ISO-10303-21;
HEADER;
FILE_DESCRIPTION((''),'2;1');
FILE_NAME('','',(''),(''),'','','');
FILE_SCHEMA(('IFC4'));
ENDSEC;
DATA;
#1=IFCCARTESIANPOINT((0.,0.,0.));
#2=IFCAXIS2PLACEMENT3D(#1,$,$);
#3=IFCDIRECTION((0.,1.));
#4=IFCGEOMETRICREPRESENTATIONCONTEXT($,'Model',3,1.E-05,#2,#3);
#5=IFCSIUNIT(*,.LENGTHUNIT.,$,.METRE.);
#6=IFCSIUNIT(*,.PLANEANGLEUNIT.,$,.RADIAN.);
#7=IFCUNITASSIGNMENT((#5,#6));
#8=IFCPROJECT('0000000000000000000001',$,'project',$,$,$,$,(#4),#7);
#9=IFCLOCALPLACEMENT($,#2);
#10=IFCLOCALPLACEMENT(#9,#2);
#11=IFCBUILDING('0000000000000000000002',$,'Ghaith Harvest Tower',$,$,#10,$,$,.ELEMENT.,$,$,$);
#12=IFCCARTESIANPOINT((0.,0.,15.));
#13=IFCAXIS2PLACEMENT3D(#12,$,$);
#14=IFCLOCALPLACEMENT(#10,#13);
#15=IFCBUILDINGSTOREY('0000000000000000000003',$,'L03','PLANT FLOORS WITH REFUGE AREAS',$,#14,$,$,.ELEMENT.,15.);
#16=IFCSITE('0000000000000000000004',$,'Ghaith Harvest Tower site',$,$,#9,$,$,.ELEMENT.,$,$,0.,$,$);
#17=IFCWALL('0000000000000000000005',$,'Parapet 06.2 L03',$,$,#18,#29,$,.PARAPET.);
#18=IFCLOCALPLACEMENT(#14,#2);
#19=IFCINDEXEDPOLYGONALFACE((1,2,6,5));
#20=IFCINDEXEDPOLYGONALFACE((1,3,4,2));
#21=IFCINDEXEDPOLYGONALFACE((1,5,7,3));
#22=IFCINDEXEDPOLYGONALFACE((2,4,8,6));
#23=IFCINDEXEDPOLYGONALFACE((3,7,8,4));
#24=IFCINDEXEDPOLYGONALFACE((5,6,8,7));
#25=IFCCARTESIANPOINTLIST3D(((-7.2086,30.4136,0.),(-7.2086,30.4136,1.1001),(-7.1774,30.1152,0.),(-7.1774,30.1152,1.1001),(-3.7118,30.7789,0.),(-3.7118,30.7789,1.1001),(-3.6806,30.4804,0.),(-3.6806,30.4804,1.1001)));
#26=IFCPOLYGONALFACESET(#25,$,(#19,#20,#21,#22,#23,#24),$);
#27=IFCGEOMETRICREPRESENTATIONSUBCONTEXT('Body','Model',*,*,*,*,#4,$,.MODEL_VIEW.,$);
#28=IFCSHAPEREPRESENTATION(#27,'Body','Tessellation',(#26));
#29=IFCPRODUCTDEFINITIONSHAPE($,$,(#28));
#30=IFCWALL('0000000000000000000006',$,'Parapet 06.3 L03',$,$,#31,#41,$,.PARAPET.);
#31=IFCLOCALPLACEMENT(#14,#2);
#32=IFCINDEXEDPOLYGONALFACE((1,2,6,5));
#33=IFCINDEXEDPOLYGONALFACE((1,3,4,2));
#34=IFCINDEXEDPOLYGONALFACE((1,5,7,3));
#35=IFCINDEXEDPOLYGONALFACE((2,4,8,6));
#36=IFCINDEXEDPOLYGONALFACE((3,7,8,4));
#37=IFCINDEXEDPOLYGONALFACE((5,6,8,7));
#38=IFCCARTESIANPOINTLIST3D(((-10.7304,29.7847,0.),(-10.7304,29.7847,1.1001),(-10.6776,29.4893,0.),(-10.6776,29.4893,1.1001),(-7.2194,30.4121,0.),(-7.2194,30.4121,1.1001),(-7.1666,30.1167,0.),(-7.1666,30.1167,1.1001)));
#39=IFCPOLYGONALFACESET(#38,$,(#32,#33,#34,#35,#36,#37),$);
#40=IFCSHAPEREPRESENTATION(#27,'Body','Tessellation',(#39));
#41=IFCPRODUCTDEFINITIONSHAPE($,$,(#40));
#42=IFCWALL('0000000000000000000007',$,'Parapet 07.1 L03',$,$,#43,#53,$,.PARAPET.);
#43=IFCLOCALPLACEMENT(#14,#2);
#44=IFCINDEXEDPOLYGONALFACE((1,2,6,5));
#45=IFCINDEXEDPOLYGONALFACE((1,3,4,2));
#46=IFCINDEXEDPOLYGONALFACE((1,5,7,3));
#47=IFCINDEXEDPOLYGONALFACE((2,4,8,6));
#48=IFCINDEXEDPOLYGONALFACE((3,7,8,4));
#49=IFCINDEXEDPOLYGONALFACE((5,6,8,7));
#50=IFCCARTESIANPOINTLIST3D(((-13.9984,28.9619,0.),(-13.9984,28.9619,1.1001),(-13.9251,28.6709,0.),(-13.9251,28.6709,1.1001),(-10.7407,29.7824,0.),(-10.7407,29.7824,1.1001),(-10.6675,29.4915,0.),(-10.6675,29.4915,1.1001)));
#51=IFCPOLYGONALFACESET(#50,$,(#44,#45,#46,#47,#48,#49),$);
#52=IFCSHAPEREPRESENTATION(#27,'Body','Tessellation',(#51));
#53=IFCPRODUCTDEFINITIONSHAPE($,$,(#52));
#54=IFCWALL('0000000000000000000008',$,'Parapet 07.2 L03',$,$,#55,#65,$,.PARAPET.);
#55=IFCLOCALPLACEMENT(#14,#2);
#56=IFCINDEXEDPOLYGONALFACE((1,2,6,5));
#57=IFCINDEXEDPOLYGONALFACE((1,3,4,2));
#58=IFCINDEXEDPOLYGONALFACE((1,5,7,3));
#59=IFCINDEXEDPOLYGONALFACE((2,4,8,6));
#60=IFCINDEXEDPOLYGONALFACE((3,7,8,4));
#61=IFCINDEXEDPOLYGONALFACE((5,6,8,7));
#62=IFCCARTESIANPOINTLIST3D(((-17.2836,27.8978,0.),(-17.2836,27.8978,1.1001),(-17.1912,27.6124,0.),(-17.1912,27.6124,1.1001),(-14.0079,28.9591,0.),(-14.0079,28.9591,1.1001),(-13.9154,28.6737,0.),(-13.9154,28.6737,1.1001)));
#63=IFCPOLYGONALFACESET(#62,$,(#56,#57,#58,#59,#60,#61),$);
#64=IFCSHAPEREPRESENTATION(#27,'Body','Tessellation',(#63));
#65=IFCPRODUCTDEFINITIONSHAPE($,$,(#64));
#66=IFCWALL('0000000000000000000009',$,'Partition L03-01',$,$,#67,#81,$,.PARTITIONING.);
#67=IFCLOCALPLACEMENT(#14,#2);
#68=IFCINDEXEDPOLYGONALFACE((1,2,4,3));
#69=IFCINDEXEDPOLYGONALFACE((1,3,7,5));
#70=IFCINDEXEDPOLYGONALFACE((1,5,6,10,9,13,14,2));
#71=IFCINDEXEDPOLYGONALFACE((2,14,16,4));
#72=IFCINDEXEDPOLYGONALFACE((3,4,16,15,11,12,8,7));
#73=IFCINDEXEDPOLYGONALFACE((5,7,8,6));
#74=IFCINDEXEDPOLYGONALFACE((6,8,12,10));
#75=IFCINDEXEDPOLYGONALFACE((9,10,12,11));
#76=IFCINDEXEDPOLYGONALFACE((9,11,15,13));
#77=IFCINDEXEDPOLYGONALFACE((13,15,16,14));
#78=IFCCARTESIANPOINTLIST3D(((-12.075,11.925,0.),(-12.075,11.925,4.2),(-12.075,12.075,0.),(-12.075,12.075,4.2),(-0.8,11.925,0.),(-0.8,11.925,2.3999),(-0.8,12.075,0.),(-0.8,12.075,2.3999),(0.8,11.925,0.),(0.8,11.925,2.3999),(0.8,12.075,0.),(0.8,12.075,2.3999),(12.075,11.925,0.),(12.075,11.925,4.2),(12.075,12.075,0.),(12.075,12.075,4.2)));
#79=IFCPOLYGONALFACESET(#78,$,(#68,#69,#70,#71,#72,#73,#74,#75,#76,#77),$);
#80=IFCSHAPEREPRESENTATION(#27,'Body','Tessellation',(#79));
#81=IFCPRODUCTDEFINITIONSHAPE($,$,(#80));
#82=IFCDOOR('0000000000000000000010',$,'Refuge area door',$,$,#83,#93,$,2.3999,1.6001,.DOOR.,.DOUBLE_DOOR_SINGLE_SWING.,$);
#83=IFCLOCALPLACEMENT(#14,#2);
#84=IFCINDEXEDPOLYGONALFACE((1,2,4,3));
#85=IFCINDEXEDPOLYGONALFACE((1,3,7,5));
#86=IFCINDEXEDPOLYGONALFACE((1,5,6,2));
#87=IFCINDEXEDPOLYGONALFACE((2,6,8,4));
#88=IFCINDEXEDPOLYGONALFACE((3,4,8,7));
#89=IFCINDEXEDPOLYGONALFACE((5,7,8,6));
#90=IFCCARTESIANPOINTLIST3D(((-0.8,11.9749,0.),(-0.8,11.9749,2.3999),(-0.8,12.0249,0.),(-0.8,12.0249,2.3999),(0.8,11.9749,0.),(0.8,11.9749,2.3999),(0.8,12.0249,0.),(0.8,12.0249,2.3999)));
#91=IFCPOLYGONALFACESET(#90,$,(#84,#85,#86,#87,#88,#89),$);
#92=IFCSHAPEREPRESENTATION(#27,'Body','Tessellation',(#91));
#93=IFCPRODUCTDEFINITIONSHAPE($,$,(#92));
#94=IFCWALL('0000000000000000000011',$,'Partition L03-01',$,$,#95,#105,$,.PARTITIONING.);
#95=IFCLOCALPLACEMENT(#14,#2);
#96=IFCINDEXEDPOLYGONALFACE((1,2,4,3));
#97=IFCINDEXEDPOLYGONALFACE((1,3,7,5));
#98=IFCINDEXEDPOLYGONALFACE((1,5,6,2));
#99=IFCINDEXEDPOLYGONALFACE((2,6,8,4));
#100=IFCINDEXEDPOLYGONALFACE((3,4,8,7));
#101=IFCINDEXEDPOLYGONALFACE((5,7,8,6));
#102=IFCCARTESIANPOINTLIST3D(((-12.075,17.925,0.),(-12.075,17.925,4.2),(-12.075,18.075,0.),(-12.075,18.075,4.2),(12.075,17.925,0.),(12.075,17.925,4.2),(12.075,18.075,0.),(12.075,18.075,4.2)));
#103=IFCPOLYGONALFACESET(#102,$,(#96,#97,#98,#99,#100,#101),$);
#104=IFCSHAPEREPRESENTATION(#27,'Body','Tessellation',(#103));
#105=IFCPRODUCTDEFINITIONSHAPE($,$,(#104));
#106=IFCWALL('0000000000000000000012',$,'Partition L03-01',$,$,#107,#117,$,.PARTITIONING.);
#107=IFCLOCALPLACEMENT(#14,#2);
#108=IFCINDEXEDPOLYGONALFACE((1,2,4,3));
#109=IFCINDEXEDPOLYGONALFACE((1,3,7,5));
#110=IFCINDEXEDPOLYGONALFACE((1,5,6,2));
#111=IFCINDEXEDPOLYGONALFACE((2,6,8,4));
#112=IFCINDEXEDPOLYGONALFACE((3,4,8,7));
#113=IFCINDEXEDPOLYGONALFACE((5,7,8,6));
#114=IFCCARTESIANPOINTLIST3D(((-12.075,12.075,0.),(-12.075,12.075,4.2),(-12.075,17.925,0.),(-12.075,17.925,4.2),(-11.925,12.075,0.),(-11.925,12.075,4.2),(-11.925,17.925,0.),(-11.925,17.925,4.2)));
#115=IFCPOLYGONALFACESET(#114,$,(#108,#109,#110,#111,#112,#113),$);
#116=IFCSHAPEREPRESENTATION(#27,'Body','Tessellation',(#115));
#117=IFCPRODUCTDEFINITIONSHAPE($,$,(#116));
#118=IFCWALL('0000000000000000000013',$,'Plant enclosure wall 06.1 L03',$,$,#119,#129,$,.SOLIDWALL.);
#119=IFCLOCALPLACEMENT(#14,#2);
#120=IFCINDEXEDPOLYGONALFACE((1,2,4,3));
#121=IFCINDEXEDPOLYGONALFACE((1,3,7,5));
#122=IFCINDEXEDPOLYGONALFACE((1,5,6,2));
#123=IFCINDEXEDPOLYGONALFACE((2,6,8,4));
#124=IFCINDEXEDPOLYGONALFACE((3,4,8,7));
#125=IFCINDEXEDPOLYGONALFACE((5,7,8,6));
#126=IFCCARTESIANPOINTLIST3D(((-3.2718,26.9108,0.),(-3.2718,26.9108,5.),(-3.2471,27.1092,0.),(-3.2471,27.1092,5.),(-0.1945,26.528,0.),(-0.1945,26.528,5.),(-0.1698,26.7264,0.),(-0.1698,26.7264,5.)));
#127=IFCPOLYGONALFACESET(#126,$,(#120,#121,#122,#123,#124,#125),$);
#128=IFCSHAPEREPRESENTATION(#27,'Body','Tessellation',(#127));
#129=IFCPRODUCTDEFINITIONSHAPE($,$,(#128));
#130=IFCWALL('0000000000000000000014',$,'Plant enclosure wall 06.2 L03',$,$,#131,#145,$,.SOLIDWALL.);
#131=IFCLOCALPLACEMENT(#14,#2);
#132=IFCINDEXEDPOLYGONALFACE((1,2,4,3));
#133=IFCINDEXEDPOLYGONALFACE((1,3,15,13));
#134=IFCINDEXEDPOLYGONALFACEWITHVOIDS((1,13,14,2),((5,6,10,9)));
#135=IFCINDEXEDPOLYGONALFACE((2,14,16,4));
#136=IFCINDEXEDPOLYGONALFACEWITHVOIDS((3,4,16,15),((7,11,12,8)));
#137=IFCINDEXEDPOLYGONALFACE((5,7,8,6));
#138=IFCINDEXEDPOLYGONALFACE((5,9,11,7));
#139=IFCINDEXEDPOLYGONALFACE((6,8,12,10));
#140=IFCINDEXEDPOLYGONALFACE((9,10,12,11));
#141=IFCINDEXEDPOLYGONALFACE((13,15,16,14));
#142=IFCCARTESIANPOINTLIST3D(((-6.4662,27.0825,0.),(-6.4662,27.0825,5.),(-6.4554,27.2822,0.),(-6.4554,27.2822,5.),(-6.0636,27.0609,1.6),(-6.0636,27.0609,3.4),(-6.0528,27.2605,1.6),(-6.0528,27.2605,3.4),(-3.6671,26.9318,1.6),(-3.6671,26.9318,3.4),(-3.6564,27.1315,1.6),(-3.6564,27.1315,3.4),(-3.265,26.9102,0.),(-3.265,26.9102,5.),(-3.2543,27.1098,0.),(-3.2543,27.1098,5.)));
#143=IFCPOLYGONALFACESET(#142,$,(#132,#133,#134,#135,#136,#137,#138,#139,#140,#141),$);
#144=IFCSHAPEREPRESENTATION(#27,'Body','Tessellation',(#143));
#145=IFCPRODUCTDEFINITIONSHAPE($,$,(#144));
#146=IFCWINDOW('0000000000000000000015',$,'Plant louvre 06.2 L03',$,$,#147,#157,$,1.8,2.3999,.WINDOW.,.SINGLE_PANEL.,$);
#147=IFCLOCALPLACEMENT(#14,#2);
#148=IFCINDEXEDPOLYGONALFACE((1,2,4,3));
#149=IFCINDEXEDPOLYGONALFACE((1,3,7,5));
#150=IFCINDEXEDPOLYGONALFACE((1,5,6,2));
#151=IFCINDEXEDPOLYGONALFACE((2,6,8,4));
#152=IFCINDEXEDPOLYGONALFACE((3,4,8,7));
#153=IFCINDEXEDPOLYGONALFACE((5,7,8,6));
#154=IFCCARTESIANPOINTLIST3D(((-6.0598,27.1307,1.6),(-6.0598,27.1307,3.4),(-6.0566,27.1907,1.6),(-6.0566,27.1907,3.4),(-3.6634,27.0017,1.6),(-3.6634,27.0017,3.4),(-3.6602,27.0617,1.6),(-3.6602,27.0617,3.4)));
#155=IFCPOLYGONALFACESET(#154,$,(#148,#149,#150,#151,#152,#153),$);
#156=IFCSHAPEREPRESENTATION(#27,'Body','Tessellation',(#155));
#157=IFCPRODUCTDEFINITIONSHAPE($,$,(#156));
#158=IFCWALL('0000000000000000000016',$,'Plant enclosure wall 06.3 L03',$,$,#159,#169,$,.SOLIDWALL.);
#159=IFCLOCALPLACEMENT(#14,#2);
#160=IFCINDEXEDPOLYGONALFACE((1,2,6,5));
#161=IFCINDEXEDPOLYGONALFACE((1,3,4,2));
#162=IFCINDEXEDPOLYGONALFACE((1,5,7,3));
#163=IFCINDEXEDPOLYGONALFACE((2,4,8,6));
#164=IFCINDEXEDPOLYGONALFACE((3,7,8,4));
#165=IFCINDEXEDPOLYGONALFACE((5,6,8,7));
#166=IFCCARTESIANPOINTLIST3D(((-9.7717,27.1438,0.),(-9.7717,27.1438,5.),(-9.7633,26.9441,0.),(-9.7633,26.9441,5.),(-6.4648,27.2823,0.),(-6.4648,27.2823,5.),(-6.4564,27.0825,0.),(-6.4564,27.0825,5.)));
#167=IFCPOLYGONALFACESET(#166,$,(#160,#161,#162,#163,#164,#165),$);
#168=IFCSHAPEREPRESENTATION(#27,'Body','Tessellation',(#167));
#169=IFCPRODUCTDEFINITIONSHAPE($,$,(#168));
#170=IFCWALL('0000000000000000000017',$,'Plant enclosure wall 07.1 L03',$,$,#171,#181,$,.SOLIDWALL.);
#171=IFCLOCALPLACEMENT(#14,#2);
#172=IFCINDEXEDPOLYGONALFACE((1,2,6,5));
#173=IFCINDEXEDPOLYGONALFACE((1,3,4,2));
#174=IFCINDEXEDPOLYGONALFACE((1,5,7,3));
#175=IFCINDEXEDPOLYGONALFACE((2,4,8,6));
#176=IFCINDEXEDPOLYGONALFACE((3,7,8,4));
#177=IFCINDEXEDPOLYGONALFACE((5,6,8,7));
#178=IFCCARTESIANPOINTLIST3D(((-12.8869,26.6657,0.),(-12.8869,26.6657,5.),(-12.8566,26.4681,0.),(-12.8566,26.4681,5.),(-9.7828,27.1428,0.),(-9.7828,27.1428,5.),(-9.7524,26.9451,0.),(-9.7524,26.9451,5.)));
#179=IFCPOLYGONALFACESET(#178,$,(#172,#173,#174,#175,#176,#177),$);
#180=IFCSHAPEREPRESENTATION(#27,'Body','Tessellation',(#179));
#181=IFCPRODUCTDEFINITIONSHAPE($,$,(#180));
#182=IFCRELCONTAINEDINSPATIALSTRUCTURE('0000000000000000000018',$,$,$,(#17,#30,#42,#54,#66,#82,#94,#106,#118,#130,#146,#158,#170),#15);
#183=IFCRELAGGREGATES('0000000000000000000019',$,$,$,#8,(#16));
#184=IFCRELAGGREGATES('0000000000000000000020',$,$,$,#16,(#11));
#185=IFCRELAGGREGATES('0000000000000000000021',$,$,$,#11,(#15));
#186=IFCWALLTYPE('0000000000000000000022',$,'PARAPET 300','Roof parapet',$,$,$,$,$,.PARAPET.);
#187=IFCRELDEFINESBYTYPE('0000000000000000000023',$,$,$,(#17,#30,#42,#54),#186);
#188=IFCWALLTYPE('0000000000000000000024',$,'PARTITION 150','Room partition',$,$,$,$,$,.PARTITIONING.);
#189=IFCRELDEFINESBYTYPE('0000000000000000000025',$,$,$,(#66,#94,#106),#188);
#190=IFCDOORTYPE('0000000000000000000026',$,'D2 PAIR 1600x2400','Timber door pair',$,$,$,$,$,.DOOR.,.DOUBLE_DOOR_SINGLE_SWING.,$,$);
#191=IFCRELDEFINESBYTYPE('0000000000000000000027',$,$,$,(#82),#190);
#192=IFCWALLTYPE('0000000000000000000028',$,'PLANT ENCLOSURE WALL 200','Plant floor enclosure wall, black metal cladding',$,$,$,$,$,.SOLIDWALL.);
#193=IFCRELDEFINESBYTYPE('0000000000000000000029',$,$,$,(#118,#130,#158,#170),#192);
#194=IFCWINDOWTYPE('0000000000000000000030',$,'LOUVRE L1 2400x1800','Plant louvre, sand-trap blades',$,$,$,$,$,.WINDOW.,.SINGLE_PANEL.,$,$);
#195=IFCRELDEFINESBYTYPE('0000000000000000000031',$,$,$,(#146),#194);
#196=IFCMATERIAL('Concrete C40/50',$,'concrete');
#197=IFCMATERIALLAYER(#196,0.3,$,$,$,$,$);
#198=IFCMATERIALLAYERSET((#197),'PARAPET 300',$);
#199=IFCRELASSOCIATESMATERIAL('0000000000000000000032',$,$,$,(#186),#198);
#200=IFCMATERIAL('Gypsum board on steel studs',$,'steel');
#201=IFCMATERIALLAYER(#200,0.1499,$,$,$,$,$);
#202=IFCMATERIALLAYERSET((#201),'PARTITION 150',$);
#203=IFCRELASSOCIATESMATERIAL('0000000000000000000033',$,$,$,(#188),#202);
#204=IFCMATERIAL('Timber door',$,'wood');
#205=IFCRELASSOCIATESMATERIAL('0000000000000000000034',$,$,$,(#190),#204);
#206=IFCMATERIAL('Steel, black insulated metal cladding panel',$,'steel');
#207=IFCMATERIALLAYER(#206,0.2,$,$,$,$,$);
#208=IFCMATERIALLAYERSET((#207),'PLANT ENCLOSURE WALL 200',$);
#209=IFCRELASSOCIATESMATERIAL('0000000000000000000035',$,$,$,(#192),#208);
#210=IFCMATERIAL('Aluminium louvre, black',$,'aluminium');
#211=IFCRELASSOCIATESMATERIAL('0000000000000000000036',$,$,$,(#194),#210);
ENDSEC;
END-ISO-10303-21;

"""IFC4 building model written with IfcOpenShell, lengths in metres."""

from ifc_helpers import new_model, si_unit, direction, frame, frame_2d, origin, place, context, subcontext, project, spatial, rectangle, extrude, material, layer, layer_set, type_object, element, fill, save


model = new_model("IFC4")

# Units and contexts
model_context = context("Model", 3, precision=1e-05, world=origin(), true_north=direction((0.0, 1.0)))
body_context = subcontext(model_context, "Body", "Model", "MODEL_VIEW")
ifc_project = project(units=[si_unit("LENGTHUNIT", "METRE"), si_unit("PLANEANGLEUNIT", "RADIAN")], contexts=[model_context])

# Site, building, storey
site_placement = place(None, origin())
site = spatial("IfcSite", under=ifc_project, at=site_placement, Name="Ghaith Harvest Tower site", CompositionType="ELEMENT", RefElevation=0.0)
building_placement = place(site_placement, origin())
building = spatial("IfcBuilding", under=site, at=building_placement, Name="Ghaith Harvest Tower", CompositionType="ELEMENT")
storey_placement = place(building_placement, frame((0.0, 0.0, 15.0)))
storey = spatial("IfcBuildingStorey", under=building, at=storey_placement, Name="L03", Description="PLANT FLOORS WITH REFUGE AREAS", CompositionType="ELEMENT", Elevation=15.0)

# Walls
ifc_material_1 = material(Name="Concrete C40/50", Category="concrete")
ifc_layer_1 = layer(ifc_material_1, 0.3)
ifc_layer_set_1 = layer_set([ifc_layer_1], Name="PARAPET 300")
wall_type_1 = type_object("IfcWallType", Name="PARAPET 300", Description="Roof parapet", PredefinedType="PARAPET", material=ifc_layer_set_1)
wall_1_placement = place(storey_placement, frame((-3.6963, 30.6296, 0.0), z_axis=(0.0, 0.0, 1.0), x_axis=(-0.99459, -0.103882, 0.0)))
element("IfcWall", 1, at=wall_1_placement, inside=storey, type_object=wall_type_1, Name="Parapet 06.2 L03", PredefinedType="PARAPET", context=body_context, shape_type="SweptSolid", body=[
    extrude(rectangle(XDim=3.5159, YDim=0.3, at=frame_2d((1.7578, 0.0))), origin(), (0.0, 0.0, 1.0), 1.1001),
])
wall_2_placement = place(storey_placement, frame((-7.1931, 30.2644, 0.0), z_axis=(0.0, 0.0, 1.0), x_axis=(-0.984404, -0.175921, 0.0)))
element("IfcWall", 2, at=wall_2_placement, inside=storey, type_object=wall_type_1, Name="Parapet 06.3 L03", PredefinedType="PARAPET", context=body_context, shape_type="SweptSolid", body=[
    extrude(rectangle(XDim=3.5667, YDim=0.3, at=frame_2d((1.7832, 0.0))), origin(), (0.0, 0.0, 1.0), 1.1001),
])
wall_3_placement = place(storey_placement, frame((-10.7041, 29.637, 0.0), z_axis=(0.0, 0.0, 1.0), x_axis=(-0.969709, -0.244262, 0.0)))
element("IfcWall", 3, at=wall_3_placement, inside=storey, type_object=wall_type_1, Name="Parapet 07.1 L03", PredefinedType="PARAPET", context=body_context, shape_type="SweptSolid", body=[
    extrude(rectangle(XDim=3.3594, YDim=0.3, at=frame_2d((1.6797, 0.0))), origin(), (0.0, 0.0, 1.0), 1.1001),
])
wall_4_placement = place(storey_placement, frame((-13.9617, 28.8164, 0.0), z_axis=(0.0, 0.0, 1.0), x_axis=(-0.951316, -0.308219, 0.0)))
element("IfcWall", 4, at=wall_4_placement, inside=storey, type_object=wall_type_1, Name="Parapet 07.2 L03", PredefinedType="PARAPET", context=body_context, shape_type="SweptSolid", body=[
    extrude(rectangle(XDim=3.4434, YDim=0.3, at=frame_2d((1.7217, 0.0))), origin(), (0.0, 0.0, 1.0), 1.1001),
])

# Wall, opening, door
ifc_material_2 = material(Name="Gypsum board on steel studs", Category="steel")
ifc_layer_2 = layer(ifc_material_2, 0.1499)
ifc_layer_set_2 = layer_set([ifc_layer_2], Name="PARTITION 150")
wall_type_2 = type_object("IfcWallType", Name="PARTITION 150", Description="Room partition", PredefinedType="PARTITIONING", material=ifc_layer_set_2)
wall_5_placement = place(storey_placement, frame((-12.075, 12.0, 0.0), z_axis=(0.0, 0.0, 1.0), x_axis=(1.0, 0.0, 0.0)))
wall_5 = element("IfcWall", 5, at=wall_5_placement, inside=storey, type_object=wall_type_2, Name="Partition L03-01", PredefinedType="PARTITIONING", context=body_context, shape_type="SweptSolid", body=[
    extrude(rectangle(XDim=24.1499, YDim=0.1499, at=frame_2d((12.075, 0.0))), origin(), (0.0, 0.0, 1.0), 4.2),
])
opening_1_placement = place(wall_5_placement, frame((11.2749, 0.0, 0.0)))
opening_1 = element("IfcOpeningElement", 6, at=opening_1_placement, cuts=wall_5, PredefinedType="OPENING", context=body_context, shape_type="SweptSolid", body=[
    extrude(rectangle(XDim=1.6001, YDim=2.3999, at=frame_2d((0.8, 1.2))), frame((0.0, 0.085, 0.0), z_axis=(0.0, -1.0, 0.0), x_axis=(1.0, 0.0, 0.0)), (0.0, 0.0, 1.0), 0.1699),
])
ifc_material_3 = material(Name="Timber door", Category="wood")
door_type_1 = type_object("IfcDoorType", Name="D2 PAIR 1600x2400", Description="Timber door pair", OperationType="DOUBLE_DOOR_SINGLE_SWING", PredefinedType="DOOR", material=ifc_material_3)
door_1_placement = place(opening_1_placement, origin())
door_1 = element("IfcDoor", 7, at=door_1_placement, inside=storey, type_object=door_type_1, Name="Refuge area door", OperationType="DOUBLE_DOOR_SINGLE_SWING", OverallHeight=2.3999, OverallWidth=1.6001, PredefinedType="DOOR", context=body_context, shape_type="SweptSolid", body=[
    extrude(rectangle(XDim=1.6001, YDim=2.3999, at=frame_2d((0.8, 1.2))), frame((0.0, 0.0249, 0.0), z_axis=(0.0, -1.0, 0.0), x_axis=(1.0, 0.0, 0.0)), (0.0, 0.0, 1.0), 0.05),
])
fill(opening_1, door_1)

# Walls
wall_6_placement = place(storey_placement, frame((-12.075, 18.0, 0.0), z_axis=(0.0, 0.0, 1.0), x_axis=(1.0, 0.0, 0.0)))
element("IfcWall", 8, at=wall_6_placement, inside=storey, type_object=wall_type_2, Name="Partition L03-01", PredefinedType="PARTITIONING", context=body_context, shape_type="SweptSolid", body=[
    extrude(rectangle(XDim=24.1499, YDim=0.1499, at=frame_2d((12.075, 0.0))), origin(), (0.0, 0.0, 1.0), 4.2),
])
wall_7_placement = place(storey_placement, frame((-12.0, 12.075, 0.0), z_axis=(0.0, 0.0, 1.0), x_axis=(0.0, 1.0, 0.0)))
element("IfcWall", 9, at=wall_7_placement, inside=storey, type_object=wall_type_2, Name="Partition L03-01", PredefinedType="PARTITIONING", context=body_context, shape_type="SweptSolid", body=[
    extrude(rectangle(XDim=5.8501, YDim=0.1499, at=frame_2d((2.925, 0.0))), origin(), (0.0, 0.0, 1.0), 4.2),
])
ifc_material_4 = material(Name="Steel, black insulated metal cladding panel", Category="steel")
ifc_layer_3 = layer(ifc_material_4, 0.2)
ifc_layer_set_3 = layer_set([ifc_layer_3], Name="PLANT ENCLOSURE WALL 200")
wall_type_3 = type_object("IfcWallType", Name="PLANT ENCLOSURE WALL 200", Description="Plant floor enclosure wall, black metal cladding", PredefinedType="SOLIDWALL", material=ifc_layer_set_3)
wall_8_placement = place(storey_placement, frame((-0.1821, 26.6272, 0.0), z_axis=(0.0, 0.0, 1.0), x_axis=(-0.992352, 0.123444, 0.0)))
element("IfcWall", 10, at=wall_8_placement, inside=storey, type_object=wall_type_3, Name="Plant enclosure wall 06.1 L03", PredefinedType="SOLIDWALL", context=body_context, shape_type="SweptSolid", body=[
    extrude(rectangle(XDim=3.1011, YDim=0.2, at=frame_2d((1.5505, 0.0))), origin(), (0.0, 0.0, 1.0), 5.0),
])

# Wall, opening, window
wall_9_placement = place(storey_placement, frame((-3.2595, 27.01, 0.0), z_axis=(0.0, 0.0, 1.0), x_axis=(-0.998554, 0.053766, 0.0)))
wall_9 = element("IfcWall", 11, at=wall_9_placement, inside=storey, type_object=wall_type_3, Name="Plant enclosure wall 06.2 L03", PredefinedType="SOLIDWALL", context=body_context, shape_type="SweptSolid", body=[
    extrude(rectangle(XDim=3.2058, YDim=0.2, at=frame_2d((1.603, 0.0))), origin(), (0.0, 0.0, 1.0), 5.0),
])
opening_2_placement = place(wall_9_placement, frame((0.4028, 0.0, 1.6001)))
opening_2 = element("IfcOpeningElement", 12, at=opening_2_placement, cuts=wall_9, PredefinedType="OPENING", context=body_context, shape_type="SweptSolid", body=[
    extrude(rectangle(XDim=2.3999, YDim=1.8, at=frame_2d((1.2, 0.8999))), frame((0.0, 0.1099, 0.0), z_axis=(0.0, -1.0, 0.0), x_axis=(1.0, 0.0, 0.0)), (0.0, 0.0, 1.0), 0.22),
])
ifc_material_5 = material(Name="Aluminium louvre, black", Category="aluminium")
window_type = type_object("IfcWindowType", Name="LOUVRE L1 2400x1800", Description="Plant louvre, sand-trap blades", PartitioningType="SINGLE_PANEL", PredefinedType="WINDOW", material=ifc_material_5)
window_1_placement = place(opening_2_placement, origin())
window_1 = element("IfcWindow", 13, at=window_1_placement, inside=storey, type_object=window_type, Name="Plant louvre 06.2 L03", OverallHeight=1.8, OverallWidth=2.3999, PartitioningType="SINGLE_PANEL", PredefinedType="WINDOW", context=body_context, shape_type="SweptSolid", body=[
    extrude(rectangle(XDim=2.3999, YDim=1.8, at=frame_2d((1.2, 0.8999))), frame((0.0, 0.03, 0.0), z_axis=(0.0, -1.0, 0.0), x_axis=(1.0, 0.0, 0.0)), (0.0, 0.0, 1.0), 0.0601),
])
fill(opening_2, window_1)

# Walls
wall_10_placement = place(storey_placement, frame((-6.4607, 27.1824, 0.0), z_axis=(0.0, 0.0, 1.0), x_axis=(-0.999125, -0.041824, 0.0)))
element("IfcWall", 14, at=wall_10_placement, inside=storey, type_object=wall_type_3, Name="Plant enclosure wall 06.3 L03", PredefinedType="SOLIDWALL", context=body_context, shape_type="SweptSolid", body=[
    extrude(rectangle(XDim=3.3098, YDim=0.2, at=frame_2d((1.6548, 0.0))), origin(), (0.0, 0.0, 1.0), 5.0),
])
wall_11_placement = place(storey_placement, frame((-9.7676, 27.0439, 0.0), z_axis=(0.0, 0.0, 1.0), x_axis=(-0.988397, -0.151894, 0.0)))
element("IfcWall", 15, at=wall_11_placement, inside=storey, type_object=wall_type_3, Name="Plant enclosure wall 07.1 L03", PredefinedType="SOLIDWALL", context=body_context, shape_type="SweptSolid", body=[
    extrude(rectangle(XDim=3.1406, YDim=0.2, at=frame_2d((1.5703, 0.0))), origin(), (0.0, 0.0, 1.0), 5.0),
])

save(model, "model.ifc")
